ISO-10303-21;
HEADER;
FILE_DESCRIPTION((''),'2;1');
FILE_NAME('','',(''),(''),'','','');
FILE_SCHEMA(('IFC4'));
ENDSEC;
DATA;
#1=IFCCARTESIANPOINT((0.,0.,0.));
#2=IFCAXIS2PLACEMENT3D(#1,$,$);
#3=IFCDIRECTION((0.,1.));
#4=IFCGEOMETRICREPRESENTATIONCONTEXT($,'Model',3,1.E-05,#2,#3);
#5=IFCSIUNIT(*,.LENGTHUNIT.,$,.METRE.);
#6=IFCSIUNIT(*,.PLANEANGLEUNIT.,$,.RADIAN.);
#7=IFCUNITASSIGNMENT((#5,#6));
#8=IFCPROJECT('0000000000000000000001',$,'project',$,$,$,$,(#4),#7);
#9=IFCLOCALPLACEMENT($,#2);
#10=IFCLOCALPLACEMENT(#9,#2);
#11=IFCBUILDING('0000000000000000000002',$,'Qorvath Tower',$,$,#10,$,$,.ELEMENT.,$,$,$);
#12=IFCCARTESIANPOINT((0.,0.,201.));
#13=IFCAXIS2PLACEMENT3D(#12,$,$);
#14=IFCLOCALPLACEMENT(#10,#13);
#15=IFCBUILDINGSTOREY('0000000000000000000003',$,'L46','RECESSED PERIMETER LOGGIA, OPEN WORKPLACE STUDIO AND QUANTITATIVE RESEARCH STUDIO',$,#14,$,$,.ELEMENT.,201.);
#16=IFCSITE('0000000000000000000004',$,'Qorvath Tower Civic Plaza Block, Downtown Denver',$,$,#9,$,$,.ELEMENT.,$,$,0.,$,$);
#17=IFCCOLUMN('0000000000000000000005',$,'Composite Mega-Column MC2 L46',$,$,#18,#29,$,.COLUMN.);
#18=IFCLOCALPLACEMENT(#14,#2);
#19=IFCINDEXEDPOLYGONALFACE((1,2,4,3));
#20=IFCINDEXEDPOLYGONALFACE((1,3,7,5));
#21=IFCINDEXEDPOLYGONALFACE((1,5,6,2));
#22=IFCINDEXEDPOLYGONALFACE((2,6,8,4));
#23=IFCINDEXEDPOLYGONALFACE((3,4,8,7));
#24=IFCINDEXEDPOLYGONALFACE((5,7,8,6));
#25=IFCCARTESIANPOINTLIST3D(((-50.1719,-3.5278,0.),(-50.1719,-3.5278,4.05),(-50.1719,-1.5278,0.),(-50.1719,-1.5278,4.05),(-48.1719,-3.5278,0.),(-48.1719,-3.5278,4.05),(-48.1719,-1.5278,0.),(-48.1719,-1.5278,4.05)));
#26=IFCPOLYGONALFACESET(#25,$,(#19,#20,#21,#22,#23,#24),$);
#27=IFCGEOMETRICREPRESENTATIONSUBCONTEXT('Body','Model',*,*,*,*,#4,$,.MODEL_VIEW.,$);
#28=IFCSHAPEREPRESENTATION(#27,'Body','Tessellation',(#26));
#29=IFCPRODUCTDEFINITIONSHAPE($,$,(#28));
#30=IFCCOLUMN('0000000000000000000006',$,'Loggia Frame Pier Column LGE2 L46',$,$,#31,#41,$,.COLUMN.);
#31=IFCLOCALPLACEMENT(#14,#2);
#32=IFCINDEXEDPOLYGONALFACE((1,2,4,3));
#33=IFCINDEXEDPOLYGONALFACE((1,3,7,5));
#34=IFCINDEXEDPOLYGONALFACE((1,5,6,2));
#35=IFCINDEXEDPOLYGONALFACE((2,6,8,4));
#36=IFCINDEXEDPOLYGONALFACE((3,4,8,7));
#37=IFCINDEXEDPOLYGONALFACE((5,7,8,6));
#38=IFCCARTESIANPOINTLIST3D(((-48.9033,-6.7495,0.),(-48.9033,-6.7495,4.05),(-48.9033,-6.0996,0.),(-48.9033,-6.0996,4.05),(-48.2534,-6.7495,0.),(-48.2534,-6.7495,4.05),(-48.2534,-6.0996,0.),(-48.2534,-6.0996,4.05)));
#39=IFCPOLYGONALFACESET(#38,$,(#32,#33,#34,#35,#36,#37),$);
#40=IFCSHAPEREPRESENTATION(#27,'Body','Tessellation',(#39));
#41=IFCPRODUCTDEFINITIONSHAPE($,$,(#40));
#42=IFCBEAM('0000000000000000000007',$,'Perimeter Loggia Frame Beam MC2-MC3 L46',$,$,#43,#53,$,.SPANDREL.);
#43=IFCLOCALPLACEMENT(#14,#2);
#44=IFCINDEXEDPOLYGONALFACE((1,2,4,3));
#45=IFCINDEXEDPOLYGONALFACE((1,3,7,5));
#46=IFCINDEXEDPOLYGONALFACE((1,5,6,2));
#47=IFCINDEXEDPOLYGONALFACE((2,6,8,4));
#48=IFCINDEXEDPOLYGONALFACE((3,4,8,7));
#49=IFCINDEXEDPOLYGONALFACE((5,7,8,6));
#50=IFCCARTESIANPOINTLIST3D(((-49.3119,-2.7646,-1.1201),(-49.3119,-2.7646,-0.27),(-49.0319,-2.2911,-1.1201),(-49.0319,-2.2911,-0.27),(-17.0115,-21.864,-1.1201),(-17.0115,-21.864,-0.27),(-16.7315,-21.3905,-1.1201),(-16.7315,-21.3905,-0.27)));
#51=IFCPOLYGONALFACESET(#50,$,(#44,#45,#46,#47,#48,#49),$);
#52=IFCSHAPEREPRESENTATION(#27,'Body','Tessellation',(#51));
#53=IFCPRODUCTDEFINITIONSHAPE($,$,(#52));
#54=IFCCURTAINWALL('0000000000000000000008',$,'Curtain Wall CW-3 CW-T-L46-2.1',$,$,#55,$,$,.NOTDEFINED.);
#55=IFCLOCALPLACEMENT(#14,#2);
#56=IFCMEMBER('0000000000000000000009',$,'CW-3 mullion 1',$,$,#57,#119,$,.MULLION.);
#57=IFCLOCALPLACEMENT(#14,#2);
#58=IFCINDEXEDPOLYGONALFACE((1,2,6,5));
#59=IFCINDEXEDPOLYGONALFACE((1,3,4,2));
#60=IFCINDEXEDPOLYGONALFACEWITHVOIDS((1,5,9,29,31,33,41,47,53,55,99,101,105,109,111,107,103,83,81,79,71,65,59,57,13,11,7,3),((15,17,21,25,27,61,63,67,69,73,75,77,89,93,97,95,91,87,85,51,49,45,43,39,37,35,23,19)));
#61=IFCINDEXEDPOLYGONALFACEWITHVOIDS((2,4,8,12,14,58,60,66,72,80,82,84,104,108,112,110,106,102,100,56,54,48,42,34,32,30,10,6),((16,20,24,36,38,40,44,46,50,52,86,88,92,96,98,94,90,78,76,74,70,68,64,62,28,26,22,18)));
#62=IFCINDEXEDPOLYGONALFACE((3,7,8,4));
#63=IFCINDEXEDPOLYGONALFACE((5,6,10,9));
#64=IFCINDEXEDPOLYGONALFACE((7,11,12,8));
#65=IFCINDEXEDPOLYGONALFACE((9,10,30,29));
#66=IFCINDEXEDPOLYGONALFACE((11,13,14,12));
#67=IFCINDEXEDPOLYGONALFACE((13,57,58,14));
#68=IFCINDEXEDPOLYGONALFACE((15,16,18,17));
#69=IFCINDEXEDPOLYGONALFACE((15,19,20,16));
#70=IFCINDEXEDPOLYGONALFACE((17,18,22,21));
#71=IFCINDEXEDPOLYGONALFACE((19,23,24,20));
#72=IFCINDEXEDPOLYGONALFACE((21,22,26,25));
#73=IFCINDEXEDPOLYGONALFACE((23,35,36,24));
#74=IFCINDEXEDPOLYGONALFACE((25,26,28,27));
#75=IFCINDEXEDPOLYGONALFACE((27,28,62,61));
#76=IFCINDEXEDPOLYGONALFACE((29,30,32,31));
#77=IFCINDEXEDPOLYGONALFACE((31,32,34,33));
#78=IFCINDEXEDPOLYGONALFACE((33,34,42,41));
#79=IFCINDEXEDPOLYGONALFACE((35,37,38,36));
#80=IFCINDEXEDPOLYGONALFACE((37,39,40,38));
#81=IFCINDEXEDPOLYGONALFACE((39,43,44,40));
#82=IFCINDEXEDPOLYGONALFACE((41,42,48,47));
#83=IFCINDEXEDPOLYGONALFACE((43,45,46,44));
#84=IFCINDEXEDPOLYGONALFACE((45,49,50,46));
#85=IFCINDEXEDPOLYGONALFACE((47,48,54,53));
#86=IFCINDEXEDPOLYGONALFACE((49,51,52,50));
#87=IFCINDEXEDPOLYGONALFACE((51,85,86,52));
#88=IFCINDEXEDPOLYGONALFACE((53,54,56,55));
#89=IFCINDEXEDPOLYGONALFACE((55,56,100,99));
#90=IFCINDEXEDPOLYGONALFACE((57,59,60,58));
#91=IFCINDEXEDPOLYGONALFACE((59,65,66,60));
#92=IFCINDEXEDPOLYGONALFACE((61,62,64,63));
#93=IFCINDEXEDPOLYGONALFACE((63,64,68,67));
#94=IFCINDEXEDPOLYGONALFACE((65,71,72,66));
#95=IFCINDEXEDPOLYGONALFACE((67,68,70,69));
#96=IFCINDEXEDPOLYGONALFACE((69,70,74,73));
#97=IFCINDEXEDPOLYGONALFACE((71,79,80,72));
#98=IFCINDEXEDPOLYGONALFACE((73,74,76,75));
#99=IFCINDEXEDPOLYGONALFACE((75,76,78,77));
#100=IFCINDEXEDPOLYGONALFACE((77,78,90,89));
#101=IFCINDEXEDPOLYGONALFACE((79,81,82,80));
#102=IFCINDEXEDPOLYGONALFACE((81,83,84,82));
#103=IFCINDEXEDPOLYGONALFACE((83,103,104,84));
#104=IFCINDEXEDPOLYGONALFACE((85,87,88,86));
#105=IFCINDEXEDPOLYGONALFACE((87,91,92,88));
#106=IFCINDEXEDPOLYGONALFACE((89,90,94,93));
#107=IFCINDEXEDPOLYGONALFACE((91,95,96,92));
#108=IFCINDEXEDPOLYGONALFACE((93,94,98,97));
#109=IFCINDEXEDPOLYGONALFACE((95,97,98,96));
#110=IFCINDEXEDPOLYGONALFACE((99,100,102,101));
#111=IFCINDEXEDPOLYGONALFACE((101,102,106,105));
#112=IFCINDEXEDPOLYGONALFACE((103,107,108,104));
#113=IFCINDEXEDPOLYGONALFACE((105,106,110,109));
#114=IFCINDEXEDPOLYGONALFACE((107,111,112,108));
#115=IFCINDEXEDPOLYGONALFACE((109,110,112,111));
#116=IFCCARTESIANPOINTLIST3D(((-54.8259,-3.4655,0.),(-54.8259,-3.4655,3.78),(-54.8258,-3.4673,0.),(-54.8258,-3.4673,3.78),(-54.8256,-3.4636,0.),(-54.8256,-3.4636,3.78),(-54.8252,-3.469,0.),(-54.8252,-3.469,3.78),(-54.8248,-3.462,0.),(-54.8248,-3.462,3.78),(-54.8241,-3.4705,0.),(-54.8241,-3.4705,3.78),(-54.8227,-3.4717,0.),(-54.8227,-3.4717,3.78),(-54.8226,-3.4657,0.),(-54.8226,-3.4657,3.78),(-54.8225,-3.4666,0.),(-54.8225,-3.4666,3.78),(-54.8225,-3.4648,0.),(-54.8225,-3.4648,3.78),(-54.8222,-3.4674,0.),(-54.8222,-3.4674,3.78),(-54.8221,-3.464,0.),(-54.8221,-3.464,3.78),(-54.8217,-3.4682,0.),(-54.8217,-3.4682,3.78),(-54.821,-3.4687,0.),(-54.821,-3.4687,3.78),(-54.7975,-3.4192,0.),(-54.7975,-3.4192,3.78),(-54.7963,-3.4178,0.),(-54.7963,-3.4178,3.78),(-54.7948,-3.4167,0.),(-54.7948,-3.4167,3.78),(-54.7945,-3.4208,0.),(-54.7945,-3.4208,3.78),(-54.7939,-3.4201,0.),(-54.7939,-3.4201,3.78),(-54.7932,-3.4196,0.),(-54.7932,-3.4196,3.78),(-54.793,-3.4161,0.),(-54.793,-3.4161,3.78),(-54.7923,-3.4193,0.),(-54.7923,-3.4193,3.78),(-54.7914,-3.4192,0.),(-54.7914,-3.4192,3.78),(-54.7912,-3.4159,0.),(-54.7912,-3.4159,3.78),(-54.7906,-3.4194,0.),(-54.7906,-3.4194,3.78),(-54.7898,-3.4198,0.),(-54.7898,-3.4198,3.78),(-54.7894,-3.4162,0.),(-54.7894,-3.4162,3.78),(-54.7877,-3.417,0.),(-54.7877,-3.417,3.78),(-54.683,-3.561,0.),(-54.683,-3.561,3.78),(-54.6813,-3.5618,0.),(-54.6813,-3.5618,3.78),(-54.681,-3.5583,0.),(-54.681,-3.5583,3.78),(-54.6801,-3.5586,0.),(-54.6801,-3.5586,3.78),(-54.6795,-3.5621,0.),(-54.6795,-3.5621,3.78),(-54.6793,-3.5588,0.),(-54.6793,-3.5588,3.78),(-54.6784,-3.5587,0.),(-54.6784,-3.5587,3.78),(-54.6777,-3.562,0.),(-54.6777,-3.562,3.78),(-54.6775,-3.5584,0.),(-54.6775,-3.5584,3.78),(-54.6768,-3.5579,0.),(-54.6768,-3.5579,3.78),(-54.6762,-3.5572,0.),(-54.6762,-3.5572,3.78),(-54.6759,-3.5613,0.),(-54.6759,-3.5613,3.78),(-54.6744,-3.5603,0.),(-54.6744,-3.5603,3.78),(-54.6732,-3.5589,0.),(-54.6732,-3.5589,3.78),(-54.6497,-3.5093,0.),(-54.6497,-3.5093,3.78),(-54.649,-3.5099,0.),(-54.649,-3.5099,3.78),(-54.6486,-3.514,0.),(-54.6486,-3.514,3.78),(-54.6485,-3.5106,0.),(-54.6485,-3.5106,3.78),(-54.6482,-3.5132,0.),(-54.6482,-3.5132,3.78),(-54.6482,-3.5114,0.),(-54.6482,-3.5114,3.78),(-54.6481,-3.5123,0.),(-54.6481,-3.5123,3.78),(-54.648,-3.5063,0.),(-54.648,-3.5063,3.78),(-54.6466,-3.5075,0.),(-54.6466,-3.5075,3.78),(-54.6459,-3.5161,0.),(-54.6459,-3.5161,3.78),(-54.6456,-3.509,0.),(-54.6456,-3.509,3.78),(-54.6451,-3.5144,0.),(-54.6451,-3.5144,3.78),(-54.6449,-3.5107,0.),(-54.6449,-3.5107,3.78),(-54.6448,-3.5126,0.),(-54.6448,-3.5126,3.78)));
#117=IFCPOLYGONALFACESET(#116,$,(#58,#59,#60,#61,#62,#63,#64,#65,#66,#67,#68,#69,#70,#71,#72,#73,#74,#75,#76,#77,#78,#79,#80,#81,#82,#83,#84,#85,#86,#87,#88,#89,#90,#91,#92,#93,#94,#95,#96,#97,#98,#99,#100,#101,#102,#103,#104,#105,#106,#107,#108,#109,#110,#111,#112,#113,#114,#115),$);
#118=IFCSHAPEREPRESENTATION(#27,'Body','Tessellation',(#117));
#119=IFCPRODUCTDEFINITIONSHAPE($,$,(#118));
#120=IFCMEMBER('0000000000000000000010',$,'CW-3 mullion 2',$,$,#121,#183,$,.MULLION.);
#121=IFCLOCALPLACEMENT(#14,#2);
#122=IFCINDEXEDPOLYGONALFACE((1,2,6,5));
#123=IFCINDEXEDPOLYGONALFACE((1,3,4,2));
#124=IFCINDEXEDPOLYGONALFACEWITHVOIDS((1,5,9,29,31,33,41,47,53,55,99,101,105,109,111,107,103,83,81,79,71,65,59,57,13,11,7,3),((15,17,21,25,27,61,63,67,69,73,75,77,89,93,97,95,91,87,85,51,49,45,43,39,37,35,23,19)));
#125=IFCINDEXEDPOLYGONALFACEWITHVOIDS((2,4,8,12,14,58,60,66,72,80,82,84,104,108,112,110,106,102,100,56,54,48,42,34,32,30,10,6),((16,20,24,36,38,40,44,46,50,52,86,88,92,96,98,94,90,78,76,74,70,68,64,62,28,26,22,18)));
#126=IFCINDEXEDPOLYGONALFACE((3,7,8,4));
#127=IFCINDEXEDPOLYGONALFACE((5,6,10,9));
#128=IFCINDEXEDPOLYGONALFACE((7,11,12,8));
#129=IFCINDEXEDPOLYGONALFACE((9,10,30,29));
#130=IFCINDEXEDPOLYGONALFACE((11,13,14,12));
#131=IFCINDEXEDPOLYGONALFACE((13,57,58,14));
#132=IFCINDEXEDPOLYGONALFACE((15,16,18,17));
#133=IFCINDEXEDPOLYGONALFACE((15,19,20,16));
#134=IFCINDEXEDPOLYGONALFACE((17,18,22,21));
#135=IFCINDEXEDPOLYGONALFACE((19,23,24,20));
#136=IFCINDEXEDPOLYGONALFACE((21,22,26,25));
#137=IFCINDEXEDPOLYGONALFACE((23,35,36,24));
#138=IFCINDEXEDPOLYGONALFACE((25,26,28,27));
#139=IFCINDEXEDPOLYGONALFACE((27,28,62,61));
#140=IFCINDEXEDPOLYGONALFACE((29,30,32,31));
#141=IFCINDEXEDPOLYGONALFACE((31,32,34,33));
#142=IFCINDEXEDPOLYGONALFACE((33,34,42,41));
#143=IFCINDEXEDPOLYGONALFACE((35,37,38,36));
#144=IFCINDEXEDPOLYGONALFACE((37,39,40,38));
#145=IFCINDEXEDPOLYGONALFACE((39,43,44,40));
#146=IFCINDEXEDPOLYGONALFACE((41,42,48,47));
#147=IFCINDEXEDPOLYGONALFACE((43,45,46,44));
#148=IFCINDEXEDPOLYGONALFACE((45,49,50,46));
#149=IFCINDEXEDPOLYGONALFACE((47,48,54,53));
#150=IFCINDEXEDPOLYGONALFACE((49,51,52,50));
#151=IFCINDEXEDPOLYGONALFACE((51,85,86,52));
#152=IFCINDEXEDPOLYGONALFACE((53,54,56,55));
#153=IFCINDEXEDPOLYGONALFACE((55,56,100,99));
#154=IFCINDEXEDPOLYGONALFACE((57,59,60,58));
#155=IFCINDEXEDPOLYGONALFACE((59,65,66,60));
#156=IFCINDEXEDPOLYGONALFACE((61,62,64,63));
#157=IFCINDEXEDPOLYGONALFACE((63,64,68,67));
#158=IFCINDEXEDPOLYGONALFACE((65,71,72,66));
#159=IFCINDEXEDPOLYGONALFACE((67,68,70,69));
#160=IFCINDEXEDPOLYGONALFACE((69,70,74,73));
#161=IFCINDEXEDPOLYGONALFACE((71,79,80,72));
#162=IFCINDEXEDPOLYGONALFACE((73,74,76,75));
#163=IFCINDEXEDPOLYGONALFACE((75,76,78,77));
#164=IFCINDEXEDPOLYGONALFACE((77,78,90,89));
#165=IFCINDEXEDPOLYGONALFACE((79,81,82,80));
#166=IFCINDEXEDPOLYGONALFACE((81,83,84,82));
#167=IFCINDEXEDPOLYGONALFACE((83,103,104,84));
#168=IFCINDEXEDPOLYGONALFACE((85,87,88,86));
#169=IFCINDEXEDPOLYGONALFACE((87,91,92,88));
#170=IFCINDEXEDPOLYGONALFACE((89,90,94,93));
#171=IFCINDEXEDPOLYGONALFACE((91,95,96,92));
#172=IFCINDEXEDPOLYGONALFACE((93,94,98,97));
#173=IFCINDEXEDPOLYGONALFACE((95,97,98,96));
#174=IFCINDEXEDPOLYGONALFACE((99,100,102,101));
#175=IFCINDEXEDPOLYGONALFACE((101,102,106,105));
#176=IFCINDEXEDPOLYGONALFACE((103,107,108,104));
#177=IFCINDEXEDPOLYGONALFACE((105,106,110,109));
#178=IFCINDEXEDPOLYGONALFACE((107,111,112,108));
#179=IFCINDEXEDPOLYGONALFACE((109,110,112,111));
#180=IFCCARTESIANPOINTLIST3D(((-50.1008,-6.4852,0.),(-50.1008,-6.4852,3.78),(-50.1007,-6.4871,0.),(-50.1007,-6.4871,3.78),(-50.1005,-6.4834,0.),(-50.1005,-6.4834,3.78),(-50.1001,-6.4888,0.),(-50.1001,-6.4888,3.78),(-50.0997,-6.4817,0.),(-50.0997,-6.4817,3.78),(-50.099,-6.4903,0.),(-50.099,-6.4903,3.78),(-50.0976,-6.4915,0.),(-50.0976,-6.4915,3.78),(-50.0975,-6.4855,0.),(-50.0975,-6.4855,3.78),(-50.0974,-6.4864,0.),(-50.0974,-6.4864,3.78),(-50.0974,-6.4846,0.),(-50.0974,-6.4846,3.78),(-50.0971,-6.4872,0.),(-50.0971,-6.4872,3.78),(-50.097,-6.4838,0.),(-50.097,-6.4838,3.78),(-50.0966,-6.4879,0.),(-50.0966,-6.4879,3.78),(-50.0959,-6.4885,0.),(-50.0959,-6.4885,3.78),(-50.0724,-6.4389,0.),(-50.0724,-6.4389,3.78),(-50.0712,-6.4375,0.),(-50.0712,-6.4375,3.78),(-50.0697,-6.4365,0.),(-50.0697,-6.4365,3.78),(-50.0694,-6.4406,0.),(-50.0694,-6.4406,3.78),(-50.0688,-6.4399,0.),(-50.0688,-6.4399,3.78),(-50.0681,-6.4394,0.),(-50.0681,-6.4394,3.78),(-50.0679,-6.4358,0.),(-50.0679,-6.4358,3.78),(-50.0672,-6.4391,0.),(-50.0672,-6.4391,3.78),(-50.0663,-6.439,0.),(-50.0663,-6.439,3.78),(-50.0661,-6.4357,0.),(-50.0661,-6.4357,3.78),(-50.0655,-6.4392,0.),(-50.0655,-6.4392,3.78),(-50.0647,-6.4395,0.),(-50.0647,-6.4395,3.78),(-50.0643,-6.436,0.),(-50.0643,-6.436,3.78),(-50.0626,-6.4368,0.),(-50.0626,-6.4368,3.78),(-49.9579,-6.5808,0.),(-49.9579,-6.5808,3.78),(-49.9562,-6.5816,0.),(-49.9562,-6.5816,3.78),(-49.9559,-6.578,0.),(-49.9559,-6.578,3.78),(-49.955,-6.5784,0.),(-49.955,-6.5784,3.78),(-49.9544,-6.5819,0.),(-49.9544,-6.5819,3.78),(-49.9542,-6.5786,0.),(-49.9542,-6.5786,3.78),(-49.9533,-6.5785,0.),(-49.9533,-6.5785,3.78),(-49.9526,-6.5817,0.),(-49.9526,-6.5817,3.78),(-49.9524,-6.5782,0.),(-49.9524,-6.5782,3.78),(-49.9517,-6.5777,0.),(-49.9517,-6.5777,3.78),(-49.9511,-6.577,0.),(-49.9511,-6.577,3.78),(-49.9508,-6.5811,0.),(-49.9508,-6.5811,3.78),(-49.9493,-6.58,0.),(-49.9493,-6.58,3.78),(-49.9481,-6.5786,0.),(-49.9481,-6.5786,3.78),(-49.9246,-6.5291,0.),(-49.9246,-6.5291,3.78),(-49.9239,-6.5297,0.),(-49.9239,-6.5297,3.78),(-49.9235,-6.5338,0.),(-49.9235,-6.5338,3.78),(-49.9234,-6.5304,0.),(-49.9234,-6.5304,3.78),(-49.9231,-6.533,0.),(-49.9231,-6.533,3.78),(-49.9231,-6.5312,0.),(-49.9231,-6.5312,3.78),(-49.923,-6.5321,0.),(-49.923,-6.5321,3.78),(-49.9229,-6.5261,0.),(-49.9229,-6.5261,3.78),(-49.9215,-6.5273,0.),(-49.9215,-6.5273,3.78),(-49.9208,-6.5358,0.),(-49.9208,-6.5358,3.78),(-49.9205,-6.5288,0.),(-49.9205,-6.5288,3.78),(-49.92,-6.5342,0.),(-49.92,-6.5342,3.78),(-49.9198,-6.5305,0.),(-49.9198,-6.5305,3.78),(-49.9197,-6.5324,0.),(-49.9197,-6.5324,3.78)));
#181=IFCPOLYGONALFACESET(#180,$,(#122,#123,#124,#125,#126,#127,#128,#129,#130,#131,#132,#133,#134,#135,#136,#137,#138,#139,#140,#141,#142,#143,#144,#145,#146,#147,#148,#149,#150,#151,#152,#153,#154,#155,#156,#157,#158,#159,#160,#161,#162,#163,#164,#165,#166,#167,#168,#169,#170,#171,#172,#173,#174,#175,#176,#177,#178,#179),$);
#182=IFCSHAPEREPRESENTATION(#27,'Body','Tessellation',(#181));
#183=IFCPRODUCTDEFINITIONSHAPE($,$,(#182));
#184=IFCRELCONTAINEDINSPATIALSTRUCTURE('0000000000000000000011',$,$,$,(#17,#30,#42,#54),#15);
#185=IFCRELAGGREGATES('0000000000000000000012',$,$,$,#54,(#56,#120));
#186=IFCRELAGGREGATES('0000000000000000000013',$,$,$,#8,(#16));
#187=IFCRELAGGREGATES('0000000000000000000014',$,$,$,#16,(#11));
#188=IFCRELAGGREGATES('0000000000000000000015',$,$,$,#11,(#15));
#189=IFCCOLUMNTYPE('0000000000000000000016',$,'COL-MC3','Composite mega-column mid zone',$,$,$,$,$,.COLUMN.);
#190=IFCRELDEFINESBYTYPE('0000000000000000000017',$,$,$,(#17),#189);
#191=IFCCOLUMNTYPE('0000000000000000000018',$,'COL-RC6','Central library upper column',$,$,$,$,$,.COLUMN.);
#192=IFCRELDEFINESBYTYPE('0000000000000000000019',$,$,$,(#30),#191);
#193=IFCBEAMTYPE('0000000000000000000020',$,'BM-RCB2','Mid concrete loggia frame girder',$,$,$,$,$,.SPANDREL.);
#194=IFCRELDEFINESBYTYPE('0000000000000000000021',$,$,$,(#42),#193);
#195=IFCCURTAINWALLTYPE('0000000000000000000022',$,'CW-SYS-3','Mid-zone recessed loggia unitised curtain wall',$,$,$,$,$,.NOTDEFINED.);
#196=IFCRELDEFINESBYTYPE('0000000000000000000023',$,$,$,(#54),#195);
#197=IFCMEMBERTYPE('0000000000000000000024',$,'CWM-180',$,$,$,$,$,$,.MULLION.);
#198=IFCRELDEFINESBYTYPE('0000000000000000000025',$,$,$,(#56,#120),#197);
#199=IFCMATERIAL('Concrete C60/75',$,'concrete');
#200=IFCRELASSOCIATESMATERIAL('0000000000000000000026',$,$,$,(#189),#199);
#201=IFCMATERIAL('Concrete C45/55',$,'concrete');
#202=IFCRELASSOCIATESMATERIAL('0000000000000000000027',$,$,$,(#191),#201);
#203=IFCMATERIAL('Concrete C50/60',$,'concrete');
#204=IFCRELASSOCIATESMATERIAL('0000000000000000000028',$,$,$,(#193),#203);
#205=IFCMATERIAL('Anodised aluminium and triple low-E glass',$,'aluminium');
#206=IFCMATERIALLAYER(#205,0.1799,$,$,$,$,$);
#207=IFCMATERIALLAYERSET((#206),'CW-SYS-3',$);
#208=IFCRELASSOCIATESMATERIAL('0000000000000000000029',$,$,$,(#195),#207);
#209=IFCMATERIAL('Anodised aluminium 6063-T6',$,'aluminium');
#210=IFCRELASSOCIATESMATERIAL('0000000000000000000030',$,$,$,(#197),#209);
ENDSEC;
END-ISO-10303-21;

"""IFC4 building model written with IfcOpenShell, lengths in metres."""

from ifc_helpers import new_model, si_unit, direction, frame, origin, origin_2d, place, context, subcontext, project, spatial, rectangle, hollow_rectangle, extrude, material, layer, layer_set, material_profile, profile_set, type_object, element, aggregate, save


model = new_model("IFC4")

# Units and contexts
model_context = context("Model", 3, precision=1e-05, world=origin(), true_north=direction((0.0, 1.0)))
body_context = subcontext(model_context, "Body", "Model", "MODEL_VIEW")
ifc_project = project(units=[si_unit("LENGTHUNIT", "METRE"), si_unit("PLANEANGLEUNIT", "RADIAN")], contexts=[model_context])

# Site, building, storey
site_placement = place(None, origin())
site = spatial("IfcSite", under=ifc_project, at=site_placement, Name="Qorvath Tower Civic Plaza Block, Downtown Denver", CompositionType="ELEMENT", RefElevation=0.0)
building_placement = place(site_placement, origin())
building = spatial("IfcBuilding", under=site, at=building_placement, Name="Qorvath Tower", CompositionType="ELEMENT")
storey_placement = place(building_placement, frame((0.0, 0.0, 201.0)))
storey = spatial("IfcBuildingStorey", under=building, at=storey_placement, Name="L46", Description="RECESSED PERIMETER LOGGIA, OPEN WORKPLACE STUDIO AND QUANTITATIVE RESEARCH STUDIO", CompositionType="ELEMENT", Elevation=201.0)

# Columns
ifc_material_1 = material(Name="Concrete C60/75", Category="concrete")
ifc_material_profile_1 = material_profile(ifc_material_1, rectangle(XDim=2.0, YDim=2.0, at=origin_2d()), Name="MC 2000x2000")
ifc_profile_set_1 = profile_set([ifc_material_profile_1], Name="Concrete C60/75")
column_type_1 = type_object("IfcColumnType", Name="COL-MC3", Description="Composite mega-column mid zone", PredefinedType="COLUMN", material=ifc_profile_set_1)
column_1_placement = place(storey_placement, frame((-49.1719, -2.5278, 0.0), z_axis=(0.0, 0.0, 1.0), x_axis=(1.0, 0.0, 0.0)))
element("IfcColumn", 1, at=column_1_placement, inside=storey, type_object=column_type_1, Name="Composite Mega-Column MC2 L46", PredefinedType="COLUMN", context=body_context, shape_type="SweptSolid", body=[
    extrude(rectangle(XDim=2.0, YDim=2.0, at=origin_2d()), origin(), (0.0, 0.0, 1.0), 4.05),
])
ifc_material_2 = material(Name="Concrete C45/55", Category="concrete")
ifc_material_profile_2 = material_profile(ifc_material_2, rectangle(XDim=0.6499, YDim=0.6499, at=origin_2d()), Name="RC 650x650")
ifc_profile_set_2 = profile_set([ifc_material_profile_2], Name="Concrete C45/55")
column_type_2 = type_object("IfcColumnType", Name="COL-RC6", Description="Central library upper column", PredefinedType="COLUMN", material=ifc_profile_set_2)
column_2_placement = place(storey_placement, frame((-48.5784, -6.4246, 0.0), z_axis=(0.0, 0.0, 1.0), x_axis=(1.0, 0.0, 0.0)))
element("IfcColumn", 2, at=column_2_placement, inside=storey, type_object=column_type_2, Name="Loggia Frame Pier Column LGE2 L46", PredefinedType="COLUMN", context=body_context, shape_type="SweptSolid", body=[
    extrude(rectangle(XDim=0.6499, YDim=0.6499, at=origin_2d()), origin(), (0.0, 0.0, 1.0), 4.05),
])

# Beam
ifc_material_3 = material(Name="Concrete C50/60", Category="concrete")
ifc_material_profile_3 = material_profile(ifc_material_3, rectangle(XDim=0.55, YDim=0.8501, at=origin_2d()), Name="RCB 850x550")
ifc_profile_set_3 = profile_set([ifc_material_profile_3], Name="Concrete C50/60")
beam_type = type_object("IfcBeamType", Name="BM-RCB2", Description="Mid concrete loggia frame girder", PredefinedType="SPANDREL", material=ifc_profile_set_3)
beam_placement = place(storey_placement, frame((-49.1719, -2.5278, -0.6951), z_axis=(0.860777, -0.508983, 0.0), x_axis=(0.508983, 0.860777, 0.0)))
element("IfcBeam", 3, at=beam_placement, inside=storey, type_object=beam_type, Name="Perimeter Loggia Frame Beam MC2-MC3 L46", PredefinedType="SPANDREL", context=body_context, shape_type="SweptSolid", body=[
    extrude(rectangle(XDim=0.55, YDim=0.8501, at=origin_2d()), origin(), (0.0, 0.0, 1.0), 37.5247),
])

# Curtain wall, members
ifc_material_4 = material(Name="Anodised aluminium and triple low-E glass", Category="aluminium")
ifc_layer_1 = layer(ifc_material_4, 0.1799)
ifc_layer_set_1 = layer_set([ifc_layer_1], Name="CW-SYS-3")
curtain_wall_type = type_object("IfcCurtainWallType", Name="CW-SYS-3", Description="Mid-zone recessed loggia unitised curtain wall", PredefinedType="NOTDEFINED", material=ifc_layer_set_1)
curtain_wall_placement = place(storey_placement, origin())
curtain_wall = element("IfcCurtainWall", 4, at=curtain_wall_placement, inside=storey, type_object=curtain_wall_type, Name="Curtain Wall CW-3 CW-T-L46-2.1", PredefinedType="NOTDEFINED")
ifc_material_5 = material(Name="Anodised aluminium 6063-T6", Category="aluminium")
ifc_material_profile_4 = material_profile(ifc_material_5, hollow_rectangle(XDim=0.0649, YDim=0.1799, WallThickness=0.0034, InnerFilletRadius=0.0034, OuterFilletRadius=0.0071, at=origin_2d()), Name="CWM 180x65")
ifc_profile_set_4 = profile_set([ifc_material_profile_4], Name="Anodised aluminium 6063-T6")
member_type_1 = type_object("IfcMemberType", Name="CWM-180", PredefinedType="MULLION", material=ifc_profile_set_4)
member_1_placement = place(storey_placement, frame((-54.7354, -3.489, 0.0), z_axis=(0.0, 0.0, 1.0), x_axis=(0.538534, 0.842604, 0.0)))
member_1 = element("IfcMember", 5, at=member_1_placement, type_object=member_type_1, Name="CW-3 mullion 1", PredefinedType="MULLION", context=body_context, shape_type="SweptSolid", body=[
    extrude(hollow_rectangle(XDim=0.0649, YDim=0.1799, WallThickness=0.0034, InnerFilletRadius=0.0034, OuterFilletRadius=0.0071, at=origin_2d()), origin(), (0.0, 0.0, 1.0), 3.78),
])
member_2_placement = place(storey_placement, frame((-50.0103, -6.5088, 0.0), z_axis=(0.0, 0.0, 1.0), x_axis=(0.538534, 0.842604, 0.0)))
member_2 = element("IfcMember", 6, at=member_2_placement, type_object=member_type_1, Name="CW-3 mullion 2", PredefinedType="MULLION", context=body_context, shape_type="SweptSolid", body=[
    extrude(hollow_rectangle(XDim=0.0649, YDim=0.1799, WallThickness=0.0034, InnerFilletRadius=0.0034, OuterFilletRadius=0.0071, at=origin_2d()), origin(), (0.0, 0.0, 1.0), 3.78),
])

aggregate(curtain_wall, [member_1, member_2])

save(model, "model.ifc")
